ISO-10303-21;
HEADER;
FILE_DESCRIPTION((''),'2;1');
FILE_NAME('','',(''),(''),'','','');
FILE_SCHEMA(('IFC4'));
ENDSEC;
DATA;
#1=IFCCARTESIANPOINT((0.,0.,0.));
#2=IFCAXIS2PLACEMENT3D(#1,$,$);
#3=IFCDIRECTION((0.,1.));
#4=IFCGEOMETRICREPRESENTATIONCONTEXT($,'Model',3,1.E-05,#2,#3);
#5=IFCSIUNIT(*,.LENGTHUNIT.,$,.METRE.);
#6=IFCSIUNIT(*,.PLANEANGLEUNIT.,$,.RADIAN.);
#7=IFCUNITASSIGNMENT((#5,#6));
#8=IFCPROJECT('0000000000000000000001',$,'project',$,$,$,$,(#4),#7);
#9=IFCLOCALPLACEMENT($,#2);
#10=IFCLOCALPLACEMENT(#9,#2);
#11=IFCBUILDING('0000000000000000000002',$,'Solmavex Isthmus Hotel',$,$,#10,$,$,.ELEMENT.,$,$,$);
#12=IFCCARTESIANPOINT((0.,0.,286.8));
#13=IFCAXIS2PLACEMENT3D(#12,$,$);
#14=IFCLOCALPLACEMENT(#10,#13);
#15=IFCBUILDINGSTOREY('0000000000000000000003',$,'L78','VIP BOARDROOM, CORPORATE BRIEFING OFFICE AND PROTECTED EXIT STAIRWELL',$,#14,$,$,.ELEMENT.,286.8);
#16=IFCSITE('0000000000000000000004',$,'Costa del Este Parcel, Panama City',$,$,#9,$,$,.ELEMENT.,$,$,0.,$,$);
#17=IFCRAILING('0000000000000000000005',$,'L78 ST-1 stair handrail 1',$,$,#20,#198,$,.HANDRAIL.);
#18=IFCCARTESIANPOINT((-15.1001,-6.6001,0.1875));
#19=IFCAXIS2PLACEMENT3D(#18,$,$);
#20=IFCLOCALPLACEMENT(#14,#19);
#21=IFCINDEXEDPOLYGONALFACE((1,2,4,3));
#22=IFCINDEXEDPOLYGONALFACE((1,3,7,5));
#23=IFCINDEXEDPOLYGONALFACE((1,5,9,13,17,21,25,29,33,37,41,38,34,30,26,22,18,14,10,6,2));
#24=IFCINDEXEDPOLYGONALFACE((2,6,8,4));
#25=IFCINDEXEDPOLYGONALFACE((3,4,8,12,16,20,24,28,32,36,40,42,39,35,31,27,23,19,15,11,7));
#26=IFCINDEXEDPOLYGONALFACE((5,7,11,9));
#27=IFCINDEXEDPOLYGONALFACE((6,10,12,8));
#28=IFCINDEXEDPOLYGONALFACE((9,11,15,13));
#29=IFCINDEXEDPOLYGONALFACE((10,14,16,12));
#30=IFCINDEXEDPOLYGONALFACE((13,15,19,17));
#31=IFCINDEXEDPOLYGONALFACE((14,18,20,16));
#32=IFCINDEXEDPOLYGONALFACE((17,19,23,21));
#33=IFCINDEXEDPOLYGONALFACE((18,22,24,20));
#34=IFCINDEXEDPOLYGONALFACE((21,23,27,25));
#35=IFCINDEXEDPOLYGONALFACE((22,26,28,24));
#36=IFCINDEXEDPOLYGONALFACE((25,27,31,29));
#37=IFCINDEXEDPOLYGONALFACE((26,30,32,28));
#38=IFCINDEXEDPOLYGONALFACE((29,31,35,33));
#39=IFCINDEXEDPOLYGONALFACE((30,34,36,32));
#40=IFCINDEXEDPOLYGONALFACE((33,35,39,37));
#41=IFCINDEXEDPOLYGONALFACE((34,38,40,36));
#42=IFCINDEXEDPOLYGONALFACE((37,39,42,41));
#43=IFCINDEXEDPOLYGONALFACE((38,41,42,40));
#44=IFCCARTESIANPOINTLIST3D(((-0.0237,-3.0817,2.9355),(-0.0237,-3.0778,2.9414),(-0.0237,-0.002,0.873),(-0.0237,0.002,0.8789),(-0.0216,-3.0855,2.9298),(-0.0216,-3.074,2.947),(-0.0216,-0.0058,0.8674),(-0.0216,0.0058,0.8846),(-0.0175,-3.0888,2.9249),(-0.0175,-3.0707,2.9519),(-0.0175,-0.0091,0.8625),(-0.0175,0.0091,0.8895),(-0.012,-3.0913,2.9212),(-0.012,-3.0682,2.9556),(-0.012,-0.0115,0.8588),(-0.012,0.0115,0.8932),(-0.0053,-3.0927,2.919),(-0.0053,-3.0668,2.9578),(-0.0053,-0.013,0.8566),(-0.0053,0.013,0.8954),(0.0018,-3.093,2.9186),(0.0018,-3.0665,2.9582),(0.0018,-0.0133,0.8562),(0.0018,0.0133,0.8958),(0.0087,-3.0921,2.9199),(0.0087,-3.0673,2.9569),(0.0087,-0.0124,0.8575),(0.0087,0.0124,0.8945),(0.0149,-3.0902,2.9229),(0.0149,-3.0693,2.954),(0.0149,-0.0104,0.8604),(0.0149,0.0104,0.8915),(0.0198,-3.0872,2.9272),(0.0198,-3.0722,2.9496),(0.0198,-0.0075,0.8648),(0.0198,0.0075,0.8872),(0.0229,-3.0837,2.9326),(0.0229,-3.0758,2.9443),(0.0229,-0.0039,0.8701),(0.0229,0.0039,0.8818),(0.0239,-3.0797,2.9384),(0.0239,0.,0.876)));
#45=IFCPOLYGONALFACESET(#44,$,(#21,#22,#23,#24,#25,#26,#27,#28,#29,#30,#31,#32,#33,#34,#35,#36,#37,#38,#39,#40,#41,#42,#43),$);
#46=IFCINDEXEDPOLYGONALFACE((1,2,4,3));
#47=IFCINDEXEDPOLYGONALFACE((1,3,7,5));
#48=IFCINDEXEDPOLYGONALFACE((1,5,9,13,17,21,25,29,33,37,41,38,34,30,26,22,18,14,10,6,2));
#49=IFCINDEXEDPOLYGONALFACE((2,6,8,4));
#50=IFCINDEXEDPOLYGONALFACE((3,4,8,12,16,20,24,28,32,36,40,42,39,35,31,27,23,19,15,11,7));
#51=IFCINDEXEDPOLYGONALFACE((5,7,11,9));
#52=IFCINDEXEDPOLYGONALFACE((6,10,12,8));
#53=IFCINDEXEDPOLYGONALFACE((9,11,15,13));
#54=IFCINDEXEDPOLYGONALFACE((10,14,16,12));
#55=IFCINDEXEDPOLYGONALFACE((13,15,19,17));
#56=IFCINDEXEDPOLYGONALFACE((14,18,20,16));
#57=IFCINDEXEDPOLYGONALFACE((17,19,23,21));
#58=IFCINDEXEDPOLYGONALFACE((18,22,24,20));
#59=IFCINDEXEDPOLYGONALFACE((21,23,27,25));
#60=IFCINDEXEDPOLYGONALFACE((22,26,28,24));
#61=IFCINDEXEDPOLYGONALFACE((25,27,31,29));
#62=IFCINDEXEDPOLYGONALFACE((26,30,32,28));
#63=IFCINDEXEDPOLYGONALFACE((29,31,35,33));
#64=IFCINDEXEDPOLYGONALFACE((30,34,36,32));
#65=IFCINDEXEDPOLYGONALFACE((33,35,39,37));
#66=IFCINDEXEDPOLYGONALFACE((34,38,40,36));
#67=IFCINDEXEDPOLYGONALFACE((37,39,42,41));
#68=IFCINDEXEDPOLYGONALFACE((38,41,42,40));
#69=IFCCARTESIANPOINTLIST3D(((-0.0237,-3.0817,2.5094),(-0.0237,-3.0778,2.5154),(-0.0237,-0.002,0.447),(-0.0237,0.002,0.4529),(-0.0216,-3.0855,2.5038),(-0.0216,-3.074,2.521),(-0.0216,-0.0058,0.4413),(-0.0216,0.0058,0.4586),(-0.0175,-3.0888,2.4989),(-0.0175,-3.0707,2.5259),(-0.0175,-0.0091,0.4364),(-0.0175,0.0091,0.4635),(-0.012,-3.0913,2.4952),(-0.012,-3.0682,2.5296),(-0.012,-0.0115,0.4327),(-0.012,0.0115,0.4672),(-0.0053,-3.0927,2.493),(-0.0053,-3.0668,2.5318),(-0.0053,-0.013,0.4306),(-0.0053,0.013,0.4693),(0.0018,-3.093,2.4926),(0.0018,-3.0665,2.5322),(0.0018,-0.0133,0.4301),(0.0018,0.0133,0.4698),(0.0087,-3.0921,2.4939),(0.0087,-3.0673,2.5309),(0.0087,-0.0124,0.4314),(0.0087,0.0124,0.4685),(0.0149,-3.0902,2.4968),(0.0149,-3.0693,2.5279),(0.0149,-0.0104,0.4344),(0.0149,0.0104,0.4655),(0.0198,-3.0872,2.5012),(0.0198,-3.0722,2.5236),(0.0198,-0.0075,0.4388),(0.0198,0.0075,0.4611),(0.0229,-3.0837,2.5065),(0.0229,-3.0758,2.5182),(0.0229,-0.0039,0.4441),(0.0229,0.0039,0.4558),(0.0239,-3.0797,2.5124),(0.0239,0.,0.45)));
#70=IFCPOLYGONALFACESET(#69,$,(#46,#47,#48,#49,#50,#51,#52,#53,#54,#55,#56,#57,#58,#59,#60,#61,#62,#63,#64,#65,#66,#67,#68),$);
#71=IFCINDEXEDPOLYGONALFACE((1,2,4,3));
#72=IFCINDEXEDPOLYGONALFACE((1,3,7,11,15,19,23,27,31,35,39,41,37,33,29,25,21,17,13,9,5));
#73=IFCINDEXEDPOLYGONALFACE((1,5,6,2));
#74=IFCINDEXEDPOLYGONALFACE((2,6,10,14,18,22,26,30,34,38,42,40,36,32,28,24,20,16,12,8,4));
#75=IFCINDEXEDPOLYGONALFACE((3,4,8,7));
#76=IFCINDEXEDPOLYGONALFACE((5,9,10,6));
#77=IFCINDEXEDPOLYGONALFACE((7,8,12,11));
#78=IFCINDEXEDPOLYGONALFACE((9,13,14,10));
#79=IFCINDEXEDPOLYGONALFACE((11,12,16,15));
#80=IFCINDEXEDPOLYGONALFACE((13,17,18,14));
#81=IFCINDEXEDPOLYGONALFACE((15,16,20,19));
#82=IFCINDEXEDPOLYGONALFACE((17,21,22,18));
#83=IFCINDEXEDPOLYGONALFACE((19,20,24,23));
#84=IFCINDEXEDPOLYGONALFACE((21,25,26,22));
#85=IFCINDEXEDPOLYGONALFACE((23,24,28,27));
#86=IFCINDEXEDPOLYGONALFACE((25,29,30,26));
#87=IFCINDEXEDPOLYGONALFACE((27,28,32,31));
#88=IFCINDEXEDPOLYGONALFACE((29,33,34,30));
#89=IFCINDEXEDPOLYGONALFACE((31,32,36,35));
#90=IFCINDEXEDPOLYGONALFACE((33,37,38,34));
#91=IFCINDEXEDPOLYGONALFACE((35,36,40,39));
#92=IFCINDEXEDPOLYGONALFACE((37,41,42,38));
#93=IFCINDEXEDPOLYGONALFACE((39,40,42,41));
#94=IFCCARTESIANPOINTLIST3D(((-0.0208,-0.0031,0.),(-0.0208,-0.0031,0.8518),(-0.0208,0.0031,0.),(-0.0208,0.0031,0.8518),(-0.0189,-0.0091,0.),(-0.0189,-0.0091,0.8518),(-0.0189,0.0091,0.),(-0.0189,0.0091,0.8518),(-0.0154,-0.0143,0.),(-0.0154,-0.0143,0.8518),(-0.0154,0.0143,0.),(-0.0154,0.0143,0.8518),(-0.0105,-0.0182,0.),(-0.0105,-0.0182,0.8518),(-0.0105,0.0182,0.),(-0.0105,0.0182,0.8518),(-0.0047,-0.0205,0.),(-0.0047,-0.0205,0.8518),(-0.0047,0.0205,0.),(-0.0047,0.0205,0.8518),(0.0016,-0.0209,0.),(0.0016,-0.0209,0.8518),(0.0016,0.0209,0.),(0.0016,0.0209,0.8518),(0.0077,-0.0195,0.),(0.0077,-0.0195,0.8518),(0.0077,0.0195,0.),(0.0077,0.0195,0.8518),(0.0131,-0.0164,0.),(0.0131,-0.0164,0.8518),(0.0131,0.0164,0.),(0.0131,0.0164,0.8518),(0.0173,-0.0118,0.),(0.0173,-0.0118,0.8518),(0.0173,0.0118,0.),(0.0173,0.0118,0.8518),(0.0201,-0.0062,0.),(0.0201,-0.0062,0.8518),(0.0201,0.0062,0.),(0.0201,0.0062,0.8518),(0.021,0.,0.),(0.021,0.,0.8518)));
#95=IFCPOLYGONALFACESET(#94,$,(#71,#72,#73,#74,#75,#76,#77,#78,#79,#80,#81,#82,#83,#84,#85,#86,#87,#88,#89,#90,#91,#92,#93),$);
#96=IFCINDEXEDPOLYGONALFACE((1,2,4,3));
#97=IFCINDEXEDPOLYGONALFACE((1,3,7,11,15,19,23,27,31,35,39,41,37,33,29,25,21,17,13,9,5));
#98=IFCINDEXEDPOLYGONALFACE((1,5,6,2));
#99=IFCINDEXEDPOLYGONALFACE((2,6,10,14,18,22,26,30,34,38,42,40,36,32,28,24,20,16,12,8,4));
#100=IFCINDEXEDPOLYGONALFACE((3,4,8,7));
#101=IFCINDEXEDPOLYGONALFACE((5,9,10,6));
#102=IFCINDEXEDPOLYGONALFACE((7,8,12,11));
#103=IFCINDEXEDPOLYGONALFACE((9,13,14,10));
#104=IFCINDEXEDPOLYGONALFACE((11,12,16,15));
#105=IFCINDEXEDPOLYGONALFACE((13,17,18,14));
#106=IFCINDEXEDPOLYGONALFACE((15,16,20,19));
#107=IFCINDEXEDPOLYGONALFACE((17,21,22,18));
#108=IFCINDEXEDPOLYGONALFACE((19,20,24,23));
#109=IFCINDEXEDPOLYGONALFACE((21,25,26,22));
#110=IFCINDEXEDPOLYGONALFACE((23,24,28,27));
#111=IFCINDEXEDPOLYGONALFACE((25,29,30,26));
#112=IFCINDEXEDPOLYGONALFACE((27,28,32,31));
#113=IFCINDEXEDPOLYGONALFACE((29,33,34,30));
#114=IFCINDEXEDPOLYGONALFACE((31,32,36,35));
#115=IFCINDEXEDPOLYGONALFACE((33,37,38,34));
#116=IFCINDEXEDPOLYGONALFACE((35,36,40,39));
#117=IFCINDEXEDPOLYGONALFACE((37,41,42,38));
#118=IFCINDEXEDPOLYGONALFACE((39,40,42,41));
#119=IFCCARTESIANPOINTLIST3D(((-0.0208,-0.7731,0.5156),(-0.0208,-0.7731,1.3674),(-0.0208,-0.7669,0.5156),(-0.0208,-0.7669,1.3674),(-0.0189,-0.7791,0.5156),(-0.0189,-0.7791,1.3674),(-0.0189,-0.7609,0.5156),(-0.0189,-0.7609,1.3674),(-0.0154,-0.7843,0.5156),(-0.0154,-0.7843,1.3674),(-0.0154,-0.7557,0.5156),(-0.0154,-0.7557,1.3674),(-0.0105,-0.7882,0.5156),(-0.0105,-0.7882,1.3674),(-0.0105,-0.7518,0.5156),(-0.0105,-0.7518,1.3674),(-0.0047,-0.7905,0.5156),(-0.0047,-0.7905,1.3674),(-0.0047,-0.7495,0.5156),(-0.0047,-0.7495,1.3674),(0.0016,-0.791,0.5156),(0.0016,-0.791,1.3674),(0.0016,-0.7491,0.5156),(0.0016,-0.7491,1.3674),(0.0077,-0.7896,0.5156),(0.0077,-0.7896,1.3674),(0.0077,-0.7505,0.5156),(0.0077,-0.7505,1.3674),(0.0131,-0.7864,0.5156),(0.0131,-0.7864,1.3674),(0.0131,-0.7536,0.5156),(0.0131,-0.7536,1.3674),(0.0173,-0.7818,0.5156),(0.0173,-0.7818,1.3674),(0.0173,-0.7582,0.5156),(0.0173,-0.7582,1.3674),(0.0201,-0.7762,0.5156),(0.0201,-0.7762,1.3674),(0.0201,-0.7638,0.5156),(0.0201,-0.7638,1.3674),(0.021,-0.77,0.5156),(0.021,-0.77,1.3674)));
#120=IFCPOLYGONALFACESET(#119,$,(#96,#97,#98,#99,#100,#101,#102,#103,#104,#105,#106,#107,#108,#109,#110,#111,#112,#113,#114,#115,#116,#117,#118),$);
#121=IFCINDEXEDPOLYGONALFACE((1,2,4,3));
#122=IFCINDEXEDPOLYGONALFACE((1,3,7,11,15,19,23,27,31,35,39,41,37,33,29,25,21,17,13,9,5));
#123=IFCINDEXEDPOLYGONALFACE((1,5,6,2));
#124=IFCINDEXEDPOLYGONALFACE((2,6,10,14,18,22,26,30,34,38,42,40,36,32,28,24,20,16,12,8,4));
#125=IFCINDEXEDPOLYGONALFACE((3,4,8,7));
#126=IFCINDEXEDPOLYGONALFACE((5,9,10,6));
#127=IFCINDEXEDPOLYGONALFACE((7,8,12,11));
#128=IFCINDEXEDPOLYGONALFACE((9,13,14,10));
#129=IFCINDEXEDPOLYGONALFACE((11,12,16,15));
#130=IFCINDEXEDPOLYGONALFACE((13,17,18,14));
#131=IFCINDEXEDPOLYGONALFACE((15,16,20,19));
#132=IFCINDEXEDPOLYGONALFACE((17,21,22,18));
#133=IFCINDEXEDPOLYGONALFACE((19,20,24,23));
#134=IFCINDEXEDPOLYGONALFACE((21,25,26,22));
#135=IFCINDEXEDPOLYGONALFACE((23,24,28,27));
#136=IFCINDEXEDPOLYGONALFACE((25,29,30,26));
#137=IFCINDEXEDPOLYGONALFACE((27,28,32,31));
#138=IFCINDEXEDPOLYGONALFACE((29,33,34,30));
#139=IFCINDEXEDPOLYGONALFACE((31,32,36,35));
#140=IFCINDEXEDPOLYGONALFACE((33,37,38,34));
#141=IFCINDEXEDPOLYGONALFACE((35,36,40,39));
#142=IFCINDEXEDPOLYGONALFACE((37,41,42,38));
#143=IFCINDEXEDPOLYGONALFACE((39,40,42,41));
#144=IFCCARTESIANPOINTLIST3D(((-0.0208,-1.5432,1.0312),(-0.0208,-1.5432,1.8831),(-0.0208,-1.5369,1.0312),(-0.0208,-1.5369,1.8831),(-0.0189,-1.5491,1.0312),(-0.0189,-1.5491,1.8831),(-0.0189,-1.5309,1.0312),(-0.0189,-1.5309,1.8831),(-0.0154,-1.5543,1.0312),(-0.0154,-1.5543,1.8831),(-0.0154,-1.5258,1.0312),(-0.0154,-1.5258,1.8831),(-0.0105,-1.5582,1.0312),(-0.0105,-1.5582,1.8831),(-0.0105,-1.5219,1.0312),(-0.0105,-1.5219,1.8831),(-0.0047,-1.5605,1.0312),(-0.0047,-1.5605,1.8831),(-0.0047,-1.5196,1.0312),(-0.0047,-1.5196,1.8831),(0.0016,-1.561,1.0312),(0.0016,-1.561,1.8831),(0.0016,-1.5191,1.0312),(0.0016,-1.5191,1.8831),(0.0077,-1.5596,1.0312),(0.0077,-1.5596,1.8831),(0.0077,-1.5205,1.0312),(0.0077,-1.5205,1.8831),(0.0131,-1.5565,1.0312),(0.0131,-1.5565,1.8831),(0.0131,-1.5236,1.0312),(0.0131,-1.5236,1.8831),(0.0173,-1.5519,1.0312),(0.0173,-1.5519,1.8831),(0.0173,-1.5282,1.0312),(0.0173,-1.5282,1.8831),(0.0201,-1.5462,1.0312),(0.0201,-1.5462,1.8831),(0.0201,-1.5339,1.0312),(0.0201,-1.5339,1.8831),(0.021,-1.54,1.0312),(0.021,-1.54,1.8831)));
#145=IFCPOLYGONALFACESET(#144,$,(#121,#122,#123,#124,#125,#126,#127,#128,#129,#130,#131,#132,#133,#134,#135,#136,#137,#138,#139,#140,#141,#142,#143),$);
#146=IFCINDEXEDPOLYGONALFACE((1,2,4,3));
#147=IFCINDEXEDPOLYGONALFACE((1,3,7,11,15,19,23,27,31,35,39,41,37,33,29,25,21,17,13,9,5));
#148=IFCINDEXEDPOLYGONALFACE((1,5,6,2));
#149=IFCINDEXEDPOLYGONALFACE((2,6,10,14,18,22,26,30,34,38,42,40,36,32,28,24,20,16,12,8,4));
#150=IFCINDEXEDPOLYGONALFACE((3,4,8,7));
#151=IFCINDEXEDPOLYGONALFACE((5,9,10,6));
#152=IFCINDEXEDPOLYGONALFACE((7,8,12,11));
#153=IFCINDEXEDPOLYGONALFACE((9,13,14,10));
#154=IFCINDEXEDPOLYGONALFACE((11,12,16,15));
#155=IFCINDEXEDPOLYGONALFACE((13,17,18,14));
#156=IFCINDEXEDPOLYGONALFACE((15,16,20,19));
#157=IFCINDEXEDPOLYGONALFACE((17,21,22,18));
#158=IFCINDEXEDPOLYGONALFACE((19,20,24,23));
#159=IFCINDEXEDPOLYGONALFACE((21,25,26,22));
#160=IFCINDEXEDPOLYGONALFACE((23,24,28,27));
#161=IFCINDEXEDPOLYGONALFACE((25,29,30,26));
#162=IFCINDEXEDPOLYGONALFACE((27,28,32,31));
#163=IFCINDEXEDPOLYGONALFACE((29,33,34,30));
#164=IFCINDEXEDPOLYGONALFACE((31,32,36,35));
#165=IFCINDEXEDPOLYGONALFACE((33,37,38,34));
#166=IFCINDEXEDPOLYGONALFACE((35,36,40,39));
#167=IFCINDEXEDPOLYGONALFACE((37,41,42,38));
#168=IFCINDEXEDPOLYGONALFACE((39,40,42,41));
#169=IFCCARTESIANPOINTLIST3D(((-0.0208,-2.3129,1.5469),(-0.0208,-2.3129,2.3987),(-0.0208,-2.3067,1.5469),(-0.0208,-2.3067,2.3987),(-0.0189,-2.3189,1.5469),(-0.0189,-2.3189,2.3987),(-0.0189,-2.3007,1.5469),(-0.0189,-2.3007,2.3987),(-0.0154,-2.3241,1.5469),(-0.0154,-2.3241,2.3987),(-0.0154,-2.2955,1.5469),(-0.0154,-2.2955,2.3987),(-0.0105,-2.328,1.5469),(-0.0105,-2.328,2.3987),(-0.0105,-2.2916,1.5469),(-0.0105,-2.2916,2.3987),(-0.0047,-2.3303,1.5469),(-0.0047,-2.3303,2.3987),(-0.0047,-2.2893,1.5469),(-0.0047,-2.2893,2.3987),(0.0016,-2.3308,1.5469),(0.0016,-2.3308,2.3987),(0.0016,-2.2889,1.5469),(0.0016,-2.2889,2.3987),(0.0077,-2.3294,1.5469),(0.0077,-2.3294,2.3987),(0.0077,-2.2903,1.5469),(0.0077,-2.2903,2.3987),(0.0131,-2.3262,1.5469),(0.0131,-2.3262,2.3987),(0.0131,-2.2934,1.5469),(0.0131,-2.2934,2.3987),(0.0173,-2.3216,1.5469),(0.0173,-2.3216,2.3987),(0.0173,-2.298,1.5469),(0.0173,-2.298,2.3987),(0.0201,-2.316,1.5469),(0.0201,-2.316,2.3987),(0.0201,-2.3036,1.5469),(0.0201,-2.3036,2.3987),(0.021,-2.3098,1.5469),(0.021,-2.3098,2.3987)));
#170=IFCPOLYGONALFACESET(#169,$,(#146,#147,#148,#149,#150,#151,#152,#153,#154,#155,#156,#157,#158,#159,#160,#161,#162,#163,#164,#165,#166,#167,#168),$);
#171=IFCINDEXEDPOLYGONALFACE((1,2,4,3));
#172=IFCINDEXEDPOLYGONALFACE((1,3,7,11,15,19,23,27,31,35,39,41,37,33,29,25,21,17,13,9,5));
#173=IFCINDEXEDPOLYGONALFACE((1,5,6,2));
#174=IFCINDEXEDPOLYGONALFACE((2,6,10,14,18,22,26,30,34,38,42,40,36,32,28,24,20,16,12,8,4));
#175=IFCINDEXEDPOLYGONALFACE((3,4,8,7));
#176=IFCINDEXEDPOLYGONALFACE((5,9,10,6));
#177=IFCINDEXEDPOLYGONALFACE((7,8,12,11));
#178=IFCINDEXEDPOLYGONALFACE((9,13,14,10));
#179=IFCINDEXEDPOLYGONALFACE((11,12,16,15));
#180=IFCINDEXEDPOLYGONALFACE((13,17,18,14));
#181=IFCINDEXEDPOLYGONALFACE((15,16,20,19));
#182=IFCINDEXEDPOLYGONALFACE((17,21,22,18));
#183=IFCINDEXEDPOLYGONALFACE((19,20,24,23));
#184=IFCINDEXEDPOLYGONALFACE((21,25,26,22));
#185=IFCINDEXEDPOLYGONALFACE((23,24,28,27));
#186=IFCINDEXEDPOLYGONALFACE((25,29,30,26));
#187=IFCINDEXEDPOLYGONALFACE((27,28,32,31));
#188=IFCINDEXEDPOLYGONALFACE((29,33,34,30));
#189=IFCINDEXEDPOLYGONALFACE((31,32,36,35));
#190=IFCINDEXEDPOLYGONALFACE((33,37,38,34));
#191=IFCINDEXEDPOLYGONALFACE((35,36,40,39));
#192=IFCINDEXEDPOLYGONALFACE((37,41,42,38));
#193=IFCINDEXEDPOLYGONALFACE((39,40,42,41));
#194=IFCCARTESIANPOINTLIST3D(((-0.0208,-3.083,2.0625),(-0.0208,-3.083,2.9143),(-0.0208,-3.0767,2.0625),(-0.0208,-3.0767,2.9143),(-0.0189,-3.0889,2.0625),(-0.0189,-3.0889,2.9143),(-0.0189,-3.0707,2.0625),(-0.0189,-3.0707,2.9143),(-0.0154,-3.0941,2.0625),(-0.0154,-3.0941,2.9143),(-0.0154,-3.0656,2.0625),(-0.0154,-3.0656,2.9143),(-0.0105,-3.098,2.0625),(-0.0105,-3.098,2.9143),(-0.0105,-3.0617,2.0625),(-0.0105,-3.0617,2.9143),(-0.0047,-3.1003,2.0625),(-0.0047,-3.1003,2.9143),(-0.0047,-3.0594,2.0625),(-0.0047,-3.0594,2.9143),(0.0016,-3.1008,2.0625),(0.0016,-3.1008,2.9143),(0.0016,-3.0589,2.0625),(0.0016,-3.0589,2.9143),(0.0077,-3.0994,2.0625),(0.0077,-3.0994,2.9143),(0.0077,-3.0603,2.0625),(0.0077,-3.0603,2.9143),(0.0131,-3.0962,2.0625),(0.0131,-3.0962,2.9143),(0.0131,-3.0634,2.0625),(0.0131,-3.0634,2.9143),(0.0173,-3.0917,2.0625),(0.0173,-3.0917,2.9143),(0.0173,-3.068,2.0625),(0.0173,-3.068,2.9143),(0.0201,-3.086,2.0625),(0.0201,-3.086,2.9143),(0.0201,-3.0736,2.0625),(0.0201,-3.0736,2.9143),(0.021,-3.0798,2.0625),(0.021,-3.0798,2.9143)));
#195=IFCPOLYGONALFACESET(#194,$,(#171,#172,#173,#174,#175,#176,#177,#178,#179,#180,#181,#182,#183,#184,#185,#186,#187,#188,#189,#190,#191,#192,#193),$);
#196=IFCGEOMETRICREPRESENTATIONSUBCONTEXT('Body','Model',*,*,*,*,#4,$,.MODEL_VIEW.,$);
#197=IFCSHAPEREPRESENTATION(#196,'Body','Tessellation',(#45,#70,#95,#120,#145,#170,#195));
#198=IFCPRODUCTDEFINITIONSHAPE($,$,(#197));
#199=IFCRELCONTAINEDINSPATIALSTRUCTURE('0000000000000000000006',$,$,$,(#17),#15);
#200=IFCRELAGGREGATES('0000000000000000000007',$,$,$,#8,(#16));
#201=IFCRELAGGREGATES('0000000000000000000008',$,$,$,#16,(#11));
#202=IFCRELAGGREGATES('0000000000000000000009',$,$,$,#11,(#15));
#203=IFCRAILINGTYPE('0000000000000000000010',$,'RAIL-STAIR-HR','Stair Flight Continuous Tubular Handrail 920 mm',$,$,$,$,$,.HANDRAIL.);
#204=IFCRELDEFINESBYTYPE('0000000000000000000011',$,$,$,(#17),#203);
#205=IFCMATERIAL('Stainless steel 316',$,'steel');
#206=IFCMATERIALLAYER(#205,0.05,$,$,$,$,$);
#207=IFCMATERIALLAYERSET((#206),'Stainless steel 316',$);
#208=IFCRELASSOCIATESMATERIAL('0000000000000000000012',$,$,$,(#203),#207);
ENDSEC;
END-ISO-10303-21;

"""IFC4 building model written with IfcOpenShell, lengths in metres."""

from ifc_helpers import new_model, si_unit, direction, frame, origin, origin_2d, place, context, subcontext, project, spatial, circle, extrude, material, layer, layer_set, type_object, element, save


model = new_model("IFC4")

# Units and contexts
model_context = context("Model", 3, precision=1e-05, world=origin(), true_north=direction((0.0, 1.0)))
body_context = subcontext(model_context, "Body", "Model", "MODEL_VIEW")
ifc_project = project(units=[si_unit("LENGTHUNIT", "METRE"), si_unit("PLANEANGLEUNIT", "RADIAN")], contexts=[model_context])

# Site, building, storey
site_placement = place(None, origin())
site = spatial("IfcSite", under=ifc_project, at=site_placement, Name="Costa del Este Parcel, Panama City", CompositionType="ELEMENT", RefElevation=0.0)
building_placement = place(site_placement, origin())
building = spatial("IfcBuilding", under=site, at=building_placement, Name="Solmavex Isthmus Hotel", CompositionType="ELEMENT")
storey_placement = place(building_placement, frame((0.0, 0.0, 286.8)))
storey = spatial("IfcBuildingStorey", under=building, at=storey_placement, Name="L78", Description="VIP BOARDROOM, CORPORATE BRIEFING OFFICE AND PROTECTED EXIT STAIRWELL", CompositionType="ELEMENT", Elevation=286.8)

# Shared definitions
ifc_material_1 = material(Name="Stainless steel 316", Category="steel")

# Railing
ifc_layer_1 = layer(ifc_material_1, 0.05)
ifc_layer_set_1 = layer_set([ifc_layer_1], Name="Stainless steel 316")
railing_type_1 = type_object("IfcRailingType", Name="RAIL-STAIR-HR", Description="Stair Flight Continuous Tubular Handrail 920 mm", PredefinedType="HANDRAIL", material=ifc_layer_set_1)
railing_1_placement = place(storey_placement, frame((-15.1001, -6.6001, 0.1875)))
element("IfcRailing", 1, at=railing_1_placement, inside=storey, type_object=railing_type_1, Name="L78 ST-1 stair handrail 1", PredefinedType="HANDRAIL", context=body_context, shape_type="SweptSolid", body=[
    extrude(circle(Radius=0.0239, at=origin_2d()), frame((0.0, 0.0, 0.876), z_axis=(0.0, -0.830893, 0.556432), x_axis=(1.0, 0.0, 0.0)), (0.0, 0.0, 1.0), 3.7065),
    extrude(circle(Radius=0.0239, at=origin_2d()), frame((0.0, 0.0, 0.45), z_axis=(0.0, -0.830893, 0.556432), x_axis=(1.0, 0.0, 0.0)), (0.0, 0.0, 1.0), 3.7065),
    extrude(circle(Radius=0.021, at=origin_2d()), origin(), (0.0, 0.0, 1.0), 0.8518),
    extrude(circle(Radius=0.021, at=origin_2d()), frame((0.0, -0.77, 0.5156)), (0.0, 0.0, 1.0), 0.8518),
    extrude(circle(Radius=0.021, at=origin_2d()), frame((0.0, -1.54, 1.0312)), (0.0, 0.0, 1.0), 0.8518),
    extrude(circle(Radius=0.021, at=origin_2d()), frame((0.0, -2.3098, 1.5469)), (0.0, 0.0, 1.0), 0.8518),
    extrude(circle(Radius=0.021, at=origin_2d()), frame((0.0, -3.0798, 2.0625)), (0.0, 0.0, 1.0), 0.8518),
])

save(model, "model.ifc")
